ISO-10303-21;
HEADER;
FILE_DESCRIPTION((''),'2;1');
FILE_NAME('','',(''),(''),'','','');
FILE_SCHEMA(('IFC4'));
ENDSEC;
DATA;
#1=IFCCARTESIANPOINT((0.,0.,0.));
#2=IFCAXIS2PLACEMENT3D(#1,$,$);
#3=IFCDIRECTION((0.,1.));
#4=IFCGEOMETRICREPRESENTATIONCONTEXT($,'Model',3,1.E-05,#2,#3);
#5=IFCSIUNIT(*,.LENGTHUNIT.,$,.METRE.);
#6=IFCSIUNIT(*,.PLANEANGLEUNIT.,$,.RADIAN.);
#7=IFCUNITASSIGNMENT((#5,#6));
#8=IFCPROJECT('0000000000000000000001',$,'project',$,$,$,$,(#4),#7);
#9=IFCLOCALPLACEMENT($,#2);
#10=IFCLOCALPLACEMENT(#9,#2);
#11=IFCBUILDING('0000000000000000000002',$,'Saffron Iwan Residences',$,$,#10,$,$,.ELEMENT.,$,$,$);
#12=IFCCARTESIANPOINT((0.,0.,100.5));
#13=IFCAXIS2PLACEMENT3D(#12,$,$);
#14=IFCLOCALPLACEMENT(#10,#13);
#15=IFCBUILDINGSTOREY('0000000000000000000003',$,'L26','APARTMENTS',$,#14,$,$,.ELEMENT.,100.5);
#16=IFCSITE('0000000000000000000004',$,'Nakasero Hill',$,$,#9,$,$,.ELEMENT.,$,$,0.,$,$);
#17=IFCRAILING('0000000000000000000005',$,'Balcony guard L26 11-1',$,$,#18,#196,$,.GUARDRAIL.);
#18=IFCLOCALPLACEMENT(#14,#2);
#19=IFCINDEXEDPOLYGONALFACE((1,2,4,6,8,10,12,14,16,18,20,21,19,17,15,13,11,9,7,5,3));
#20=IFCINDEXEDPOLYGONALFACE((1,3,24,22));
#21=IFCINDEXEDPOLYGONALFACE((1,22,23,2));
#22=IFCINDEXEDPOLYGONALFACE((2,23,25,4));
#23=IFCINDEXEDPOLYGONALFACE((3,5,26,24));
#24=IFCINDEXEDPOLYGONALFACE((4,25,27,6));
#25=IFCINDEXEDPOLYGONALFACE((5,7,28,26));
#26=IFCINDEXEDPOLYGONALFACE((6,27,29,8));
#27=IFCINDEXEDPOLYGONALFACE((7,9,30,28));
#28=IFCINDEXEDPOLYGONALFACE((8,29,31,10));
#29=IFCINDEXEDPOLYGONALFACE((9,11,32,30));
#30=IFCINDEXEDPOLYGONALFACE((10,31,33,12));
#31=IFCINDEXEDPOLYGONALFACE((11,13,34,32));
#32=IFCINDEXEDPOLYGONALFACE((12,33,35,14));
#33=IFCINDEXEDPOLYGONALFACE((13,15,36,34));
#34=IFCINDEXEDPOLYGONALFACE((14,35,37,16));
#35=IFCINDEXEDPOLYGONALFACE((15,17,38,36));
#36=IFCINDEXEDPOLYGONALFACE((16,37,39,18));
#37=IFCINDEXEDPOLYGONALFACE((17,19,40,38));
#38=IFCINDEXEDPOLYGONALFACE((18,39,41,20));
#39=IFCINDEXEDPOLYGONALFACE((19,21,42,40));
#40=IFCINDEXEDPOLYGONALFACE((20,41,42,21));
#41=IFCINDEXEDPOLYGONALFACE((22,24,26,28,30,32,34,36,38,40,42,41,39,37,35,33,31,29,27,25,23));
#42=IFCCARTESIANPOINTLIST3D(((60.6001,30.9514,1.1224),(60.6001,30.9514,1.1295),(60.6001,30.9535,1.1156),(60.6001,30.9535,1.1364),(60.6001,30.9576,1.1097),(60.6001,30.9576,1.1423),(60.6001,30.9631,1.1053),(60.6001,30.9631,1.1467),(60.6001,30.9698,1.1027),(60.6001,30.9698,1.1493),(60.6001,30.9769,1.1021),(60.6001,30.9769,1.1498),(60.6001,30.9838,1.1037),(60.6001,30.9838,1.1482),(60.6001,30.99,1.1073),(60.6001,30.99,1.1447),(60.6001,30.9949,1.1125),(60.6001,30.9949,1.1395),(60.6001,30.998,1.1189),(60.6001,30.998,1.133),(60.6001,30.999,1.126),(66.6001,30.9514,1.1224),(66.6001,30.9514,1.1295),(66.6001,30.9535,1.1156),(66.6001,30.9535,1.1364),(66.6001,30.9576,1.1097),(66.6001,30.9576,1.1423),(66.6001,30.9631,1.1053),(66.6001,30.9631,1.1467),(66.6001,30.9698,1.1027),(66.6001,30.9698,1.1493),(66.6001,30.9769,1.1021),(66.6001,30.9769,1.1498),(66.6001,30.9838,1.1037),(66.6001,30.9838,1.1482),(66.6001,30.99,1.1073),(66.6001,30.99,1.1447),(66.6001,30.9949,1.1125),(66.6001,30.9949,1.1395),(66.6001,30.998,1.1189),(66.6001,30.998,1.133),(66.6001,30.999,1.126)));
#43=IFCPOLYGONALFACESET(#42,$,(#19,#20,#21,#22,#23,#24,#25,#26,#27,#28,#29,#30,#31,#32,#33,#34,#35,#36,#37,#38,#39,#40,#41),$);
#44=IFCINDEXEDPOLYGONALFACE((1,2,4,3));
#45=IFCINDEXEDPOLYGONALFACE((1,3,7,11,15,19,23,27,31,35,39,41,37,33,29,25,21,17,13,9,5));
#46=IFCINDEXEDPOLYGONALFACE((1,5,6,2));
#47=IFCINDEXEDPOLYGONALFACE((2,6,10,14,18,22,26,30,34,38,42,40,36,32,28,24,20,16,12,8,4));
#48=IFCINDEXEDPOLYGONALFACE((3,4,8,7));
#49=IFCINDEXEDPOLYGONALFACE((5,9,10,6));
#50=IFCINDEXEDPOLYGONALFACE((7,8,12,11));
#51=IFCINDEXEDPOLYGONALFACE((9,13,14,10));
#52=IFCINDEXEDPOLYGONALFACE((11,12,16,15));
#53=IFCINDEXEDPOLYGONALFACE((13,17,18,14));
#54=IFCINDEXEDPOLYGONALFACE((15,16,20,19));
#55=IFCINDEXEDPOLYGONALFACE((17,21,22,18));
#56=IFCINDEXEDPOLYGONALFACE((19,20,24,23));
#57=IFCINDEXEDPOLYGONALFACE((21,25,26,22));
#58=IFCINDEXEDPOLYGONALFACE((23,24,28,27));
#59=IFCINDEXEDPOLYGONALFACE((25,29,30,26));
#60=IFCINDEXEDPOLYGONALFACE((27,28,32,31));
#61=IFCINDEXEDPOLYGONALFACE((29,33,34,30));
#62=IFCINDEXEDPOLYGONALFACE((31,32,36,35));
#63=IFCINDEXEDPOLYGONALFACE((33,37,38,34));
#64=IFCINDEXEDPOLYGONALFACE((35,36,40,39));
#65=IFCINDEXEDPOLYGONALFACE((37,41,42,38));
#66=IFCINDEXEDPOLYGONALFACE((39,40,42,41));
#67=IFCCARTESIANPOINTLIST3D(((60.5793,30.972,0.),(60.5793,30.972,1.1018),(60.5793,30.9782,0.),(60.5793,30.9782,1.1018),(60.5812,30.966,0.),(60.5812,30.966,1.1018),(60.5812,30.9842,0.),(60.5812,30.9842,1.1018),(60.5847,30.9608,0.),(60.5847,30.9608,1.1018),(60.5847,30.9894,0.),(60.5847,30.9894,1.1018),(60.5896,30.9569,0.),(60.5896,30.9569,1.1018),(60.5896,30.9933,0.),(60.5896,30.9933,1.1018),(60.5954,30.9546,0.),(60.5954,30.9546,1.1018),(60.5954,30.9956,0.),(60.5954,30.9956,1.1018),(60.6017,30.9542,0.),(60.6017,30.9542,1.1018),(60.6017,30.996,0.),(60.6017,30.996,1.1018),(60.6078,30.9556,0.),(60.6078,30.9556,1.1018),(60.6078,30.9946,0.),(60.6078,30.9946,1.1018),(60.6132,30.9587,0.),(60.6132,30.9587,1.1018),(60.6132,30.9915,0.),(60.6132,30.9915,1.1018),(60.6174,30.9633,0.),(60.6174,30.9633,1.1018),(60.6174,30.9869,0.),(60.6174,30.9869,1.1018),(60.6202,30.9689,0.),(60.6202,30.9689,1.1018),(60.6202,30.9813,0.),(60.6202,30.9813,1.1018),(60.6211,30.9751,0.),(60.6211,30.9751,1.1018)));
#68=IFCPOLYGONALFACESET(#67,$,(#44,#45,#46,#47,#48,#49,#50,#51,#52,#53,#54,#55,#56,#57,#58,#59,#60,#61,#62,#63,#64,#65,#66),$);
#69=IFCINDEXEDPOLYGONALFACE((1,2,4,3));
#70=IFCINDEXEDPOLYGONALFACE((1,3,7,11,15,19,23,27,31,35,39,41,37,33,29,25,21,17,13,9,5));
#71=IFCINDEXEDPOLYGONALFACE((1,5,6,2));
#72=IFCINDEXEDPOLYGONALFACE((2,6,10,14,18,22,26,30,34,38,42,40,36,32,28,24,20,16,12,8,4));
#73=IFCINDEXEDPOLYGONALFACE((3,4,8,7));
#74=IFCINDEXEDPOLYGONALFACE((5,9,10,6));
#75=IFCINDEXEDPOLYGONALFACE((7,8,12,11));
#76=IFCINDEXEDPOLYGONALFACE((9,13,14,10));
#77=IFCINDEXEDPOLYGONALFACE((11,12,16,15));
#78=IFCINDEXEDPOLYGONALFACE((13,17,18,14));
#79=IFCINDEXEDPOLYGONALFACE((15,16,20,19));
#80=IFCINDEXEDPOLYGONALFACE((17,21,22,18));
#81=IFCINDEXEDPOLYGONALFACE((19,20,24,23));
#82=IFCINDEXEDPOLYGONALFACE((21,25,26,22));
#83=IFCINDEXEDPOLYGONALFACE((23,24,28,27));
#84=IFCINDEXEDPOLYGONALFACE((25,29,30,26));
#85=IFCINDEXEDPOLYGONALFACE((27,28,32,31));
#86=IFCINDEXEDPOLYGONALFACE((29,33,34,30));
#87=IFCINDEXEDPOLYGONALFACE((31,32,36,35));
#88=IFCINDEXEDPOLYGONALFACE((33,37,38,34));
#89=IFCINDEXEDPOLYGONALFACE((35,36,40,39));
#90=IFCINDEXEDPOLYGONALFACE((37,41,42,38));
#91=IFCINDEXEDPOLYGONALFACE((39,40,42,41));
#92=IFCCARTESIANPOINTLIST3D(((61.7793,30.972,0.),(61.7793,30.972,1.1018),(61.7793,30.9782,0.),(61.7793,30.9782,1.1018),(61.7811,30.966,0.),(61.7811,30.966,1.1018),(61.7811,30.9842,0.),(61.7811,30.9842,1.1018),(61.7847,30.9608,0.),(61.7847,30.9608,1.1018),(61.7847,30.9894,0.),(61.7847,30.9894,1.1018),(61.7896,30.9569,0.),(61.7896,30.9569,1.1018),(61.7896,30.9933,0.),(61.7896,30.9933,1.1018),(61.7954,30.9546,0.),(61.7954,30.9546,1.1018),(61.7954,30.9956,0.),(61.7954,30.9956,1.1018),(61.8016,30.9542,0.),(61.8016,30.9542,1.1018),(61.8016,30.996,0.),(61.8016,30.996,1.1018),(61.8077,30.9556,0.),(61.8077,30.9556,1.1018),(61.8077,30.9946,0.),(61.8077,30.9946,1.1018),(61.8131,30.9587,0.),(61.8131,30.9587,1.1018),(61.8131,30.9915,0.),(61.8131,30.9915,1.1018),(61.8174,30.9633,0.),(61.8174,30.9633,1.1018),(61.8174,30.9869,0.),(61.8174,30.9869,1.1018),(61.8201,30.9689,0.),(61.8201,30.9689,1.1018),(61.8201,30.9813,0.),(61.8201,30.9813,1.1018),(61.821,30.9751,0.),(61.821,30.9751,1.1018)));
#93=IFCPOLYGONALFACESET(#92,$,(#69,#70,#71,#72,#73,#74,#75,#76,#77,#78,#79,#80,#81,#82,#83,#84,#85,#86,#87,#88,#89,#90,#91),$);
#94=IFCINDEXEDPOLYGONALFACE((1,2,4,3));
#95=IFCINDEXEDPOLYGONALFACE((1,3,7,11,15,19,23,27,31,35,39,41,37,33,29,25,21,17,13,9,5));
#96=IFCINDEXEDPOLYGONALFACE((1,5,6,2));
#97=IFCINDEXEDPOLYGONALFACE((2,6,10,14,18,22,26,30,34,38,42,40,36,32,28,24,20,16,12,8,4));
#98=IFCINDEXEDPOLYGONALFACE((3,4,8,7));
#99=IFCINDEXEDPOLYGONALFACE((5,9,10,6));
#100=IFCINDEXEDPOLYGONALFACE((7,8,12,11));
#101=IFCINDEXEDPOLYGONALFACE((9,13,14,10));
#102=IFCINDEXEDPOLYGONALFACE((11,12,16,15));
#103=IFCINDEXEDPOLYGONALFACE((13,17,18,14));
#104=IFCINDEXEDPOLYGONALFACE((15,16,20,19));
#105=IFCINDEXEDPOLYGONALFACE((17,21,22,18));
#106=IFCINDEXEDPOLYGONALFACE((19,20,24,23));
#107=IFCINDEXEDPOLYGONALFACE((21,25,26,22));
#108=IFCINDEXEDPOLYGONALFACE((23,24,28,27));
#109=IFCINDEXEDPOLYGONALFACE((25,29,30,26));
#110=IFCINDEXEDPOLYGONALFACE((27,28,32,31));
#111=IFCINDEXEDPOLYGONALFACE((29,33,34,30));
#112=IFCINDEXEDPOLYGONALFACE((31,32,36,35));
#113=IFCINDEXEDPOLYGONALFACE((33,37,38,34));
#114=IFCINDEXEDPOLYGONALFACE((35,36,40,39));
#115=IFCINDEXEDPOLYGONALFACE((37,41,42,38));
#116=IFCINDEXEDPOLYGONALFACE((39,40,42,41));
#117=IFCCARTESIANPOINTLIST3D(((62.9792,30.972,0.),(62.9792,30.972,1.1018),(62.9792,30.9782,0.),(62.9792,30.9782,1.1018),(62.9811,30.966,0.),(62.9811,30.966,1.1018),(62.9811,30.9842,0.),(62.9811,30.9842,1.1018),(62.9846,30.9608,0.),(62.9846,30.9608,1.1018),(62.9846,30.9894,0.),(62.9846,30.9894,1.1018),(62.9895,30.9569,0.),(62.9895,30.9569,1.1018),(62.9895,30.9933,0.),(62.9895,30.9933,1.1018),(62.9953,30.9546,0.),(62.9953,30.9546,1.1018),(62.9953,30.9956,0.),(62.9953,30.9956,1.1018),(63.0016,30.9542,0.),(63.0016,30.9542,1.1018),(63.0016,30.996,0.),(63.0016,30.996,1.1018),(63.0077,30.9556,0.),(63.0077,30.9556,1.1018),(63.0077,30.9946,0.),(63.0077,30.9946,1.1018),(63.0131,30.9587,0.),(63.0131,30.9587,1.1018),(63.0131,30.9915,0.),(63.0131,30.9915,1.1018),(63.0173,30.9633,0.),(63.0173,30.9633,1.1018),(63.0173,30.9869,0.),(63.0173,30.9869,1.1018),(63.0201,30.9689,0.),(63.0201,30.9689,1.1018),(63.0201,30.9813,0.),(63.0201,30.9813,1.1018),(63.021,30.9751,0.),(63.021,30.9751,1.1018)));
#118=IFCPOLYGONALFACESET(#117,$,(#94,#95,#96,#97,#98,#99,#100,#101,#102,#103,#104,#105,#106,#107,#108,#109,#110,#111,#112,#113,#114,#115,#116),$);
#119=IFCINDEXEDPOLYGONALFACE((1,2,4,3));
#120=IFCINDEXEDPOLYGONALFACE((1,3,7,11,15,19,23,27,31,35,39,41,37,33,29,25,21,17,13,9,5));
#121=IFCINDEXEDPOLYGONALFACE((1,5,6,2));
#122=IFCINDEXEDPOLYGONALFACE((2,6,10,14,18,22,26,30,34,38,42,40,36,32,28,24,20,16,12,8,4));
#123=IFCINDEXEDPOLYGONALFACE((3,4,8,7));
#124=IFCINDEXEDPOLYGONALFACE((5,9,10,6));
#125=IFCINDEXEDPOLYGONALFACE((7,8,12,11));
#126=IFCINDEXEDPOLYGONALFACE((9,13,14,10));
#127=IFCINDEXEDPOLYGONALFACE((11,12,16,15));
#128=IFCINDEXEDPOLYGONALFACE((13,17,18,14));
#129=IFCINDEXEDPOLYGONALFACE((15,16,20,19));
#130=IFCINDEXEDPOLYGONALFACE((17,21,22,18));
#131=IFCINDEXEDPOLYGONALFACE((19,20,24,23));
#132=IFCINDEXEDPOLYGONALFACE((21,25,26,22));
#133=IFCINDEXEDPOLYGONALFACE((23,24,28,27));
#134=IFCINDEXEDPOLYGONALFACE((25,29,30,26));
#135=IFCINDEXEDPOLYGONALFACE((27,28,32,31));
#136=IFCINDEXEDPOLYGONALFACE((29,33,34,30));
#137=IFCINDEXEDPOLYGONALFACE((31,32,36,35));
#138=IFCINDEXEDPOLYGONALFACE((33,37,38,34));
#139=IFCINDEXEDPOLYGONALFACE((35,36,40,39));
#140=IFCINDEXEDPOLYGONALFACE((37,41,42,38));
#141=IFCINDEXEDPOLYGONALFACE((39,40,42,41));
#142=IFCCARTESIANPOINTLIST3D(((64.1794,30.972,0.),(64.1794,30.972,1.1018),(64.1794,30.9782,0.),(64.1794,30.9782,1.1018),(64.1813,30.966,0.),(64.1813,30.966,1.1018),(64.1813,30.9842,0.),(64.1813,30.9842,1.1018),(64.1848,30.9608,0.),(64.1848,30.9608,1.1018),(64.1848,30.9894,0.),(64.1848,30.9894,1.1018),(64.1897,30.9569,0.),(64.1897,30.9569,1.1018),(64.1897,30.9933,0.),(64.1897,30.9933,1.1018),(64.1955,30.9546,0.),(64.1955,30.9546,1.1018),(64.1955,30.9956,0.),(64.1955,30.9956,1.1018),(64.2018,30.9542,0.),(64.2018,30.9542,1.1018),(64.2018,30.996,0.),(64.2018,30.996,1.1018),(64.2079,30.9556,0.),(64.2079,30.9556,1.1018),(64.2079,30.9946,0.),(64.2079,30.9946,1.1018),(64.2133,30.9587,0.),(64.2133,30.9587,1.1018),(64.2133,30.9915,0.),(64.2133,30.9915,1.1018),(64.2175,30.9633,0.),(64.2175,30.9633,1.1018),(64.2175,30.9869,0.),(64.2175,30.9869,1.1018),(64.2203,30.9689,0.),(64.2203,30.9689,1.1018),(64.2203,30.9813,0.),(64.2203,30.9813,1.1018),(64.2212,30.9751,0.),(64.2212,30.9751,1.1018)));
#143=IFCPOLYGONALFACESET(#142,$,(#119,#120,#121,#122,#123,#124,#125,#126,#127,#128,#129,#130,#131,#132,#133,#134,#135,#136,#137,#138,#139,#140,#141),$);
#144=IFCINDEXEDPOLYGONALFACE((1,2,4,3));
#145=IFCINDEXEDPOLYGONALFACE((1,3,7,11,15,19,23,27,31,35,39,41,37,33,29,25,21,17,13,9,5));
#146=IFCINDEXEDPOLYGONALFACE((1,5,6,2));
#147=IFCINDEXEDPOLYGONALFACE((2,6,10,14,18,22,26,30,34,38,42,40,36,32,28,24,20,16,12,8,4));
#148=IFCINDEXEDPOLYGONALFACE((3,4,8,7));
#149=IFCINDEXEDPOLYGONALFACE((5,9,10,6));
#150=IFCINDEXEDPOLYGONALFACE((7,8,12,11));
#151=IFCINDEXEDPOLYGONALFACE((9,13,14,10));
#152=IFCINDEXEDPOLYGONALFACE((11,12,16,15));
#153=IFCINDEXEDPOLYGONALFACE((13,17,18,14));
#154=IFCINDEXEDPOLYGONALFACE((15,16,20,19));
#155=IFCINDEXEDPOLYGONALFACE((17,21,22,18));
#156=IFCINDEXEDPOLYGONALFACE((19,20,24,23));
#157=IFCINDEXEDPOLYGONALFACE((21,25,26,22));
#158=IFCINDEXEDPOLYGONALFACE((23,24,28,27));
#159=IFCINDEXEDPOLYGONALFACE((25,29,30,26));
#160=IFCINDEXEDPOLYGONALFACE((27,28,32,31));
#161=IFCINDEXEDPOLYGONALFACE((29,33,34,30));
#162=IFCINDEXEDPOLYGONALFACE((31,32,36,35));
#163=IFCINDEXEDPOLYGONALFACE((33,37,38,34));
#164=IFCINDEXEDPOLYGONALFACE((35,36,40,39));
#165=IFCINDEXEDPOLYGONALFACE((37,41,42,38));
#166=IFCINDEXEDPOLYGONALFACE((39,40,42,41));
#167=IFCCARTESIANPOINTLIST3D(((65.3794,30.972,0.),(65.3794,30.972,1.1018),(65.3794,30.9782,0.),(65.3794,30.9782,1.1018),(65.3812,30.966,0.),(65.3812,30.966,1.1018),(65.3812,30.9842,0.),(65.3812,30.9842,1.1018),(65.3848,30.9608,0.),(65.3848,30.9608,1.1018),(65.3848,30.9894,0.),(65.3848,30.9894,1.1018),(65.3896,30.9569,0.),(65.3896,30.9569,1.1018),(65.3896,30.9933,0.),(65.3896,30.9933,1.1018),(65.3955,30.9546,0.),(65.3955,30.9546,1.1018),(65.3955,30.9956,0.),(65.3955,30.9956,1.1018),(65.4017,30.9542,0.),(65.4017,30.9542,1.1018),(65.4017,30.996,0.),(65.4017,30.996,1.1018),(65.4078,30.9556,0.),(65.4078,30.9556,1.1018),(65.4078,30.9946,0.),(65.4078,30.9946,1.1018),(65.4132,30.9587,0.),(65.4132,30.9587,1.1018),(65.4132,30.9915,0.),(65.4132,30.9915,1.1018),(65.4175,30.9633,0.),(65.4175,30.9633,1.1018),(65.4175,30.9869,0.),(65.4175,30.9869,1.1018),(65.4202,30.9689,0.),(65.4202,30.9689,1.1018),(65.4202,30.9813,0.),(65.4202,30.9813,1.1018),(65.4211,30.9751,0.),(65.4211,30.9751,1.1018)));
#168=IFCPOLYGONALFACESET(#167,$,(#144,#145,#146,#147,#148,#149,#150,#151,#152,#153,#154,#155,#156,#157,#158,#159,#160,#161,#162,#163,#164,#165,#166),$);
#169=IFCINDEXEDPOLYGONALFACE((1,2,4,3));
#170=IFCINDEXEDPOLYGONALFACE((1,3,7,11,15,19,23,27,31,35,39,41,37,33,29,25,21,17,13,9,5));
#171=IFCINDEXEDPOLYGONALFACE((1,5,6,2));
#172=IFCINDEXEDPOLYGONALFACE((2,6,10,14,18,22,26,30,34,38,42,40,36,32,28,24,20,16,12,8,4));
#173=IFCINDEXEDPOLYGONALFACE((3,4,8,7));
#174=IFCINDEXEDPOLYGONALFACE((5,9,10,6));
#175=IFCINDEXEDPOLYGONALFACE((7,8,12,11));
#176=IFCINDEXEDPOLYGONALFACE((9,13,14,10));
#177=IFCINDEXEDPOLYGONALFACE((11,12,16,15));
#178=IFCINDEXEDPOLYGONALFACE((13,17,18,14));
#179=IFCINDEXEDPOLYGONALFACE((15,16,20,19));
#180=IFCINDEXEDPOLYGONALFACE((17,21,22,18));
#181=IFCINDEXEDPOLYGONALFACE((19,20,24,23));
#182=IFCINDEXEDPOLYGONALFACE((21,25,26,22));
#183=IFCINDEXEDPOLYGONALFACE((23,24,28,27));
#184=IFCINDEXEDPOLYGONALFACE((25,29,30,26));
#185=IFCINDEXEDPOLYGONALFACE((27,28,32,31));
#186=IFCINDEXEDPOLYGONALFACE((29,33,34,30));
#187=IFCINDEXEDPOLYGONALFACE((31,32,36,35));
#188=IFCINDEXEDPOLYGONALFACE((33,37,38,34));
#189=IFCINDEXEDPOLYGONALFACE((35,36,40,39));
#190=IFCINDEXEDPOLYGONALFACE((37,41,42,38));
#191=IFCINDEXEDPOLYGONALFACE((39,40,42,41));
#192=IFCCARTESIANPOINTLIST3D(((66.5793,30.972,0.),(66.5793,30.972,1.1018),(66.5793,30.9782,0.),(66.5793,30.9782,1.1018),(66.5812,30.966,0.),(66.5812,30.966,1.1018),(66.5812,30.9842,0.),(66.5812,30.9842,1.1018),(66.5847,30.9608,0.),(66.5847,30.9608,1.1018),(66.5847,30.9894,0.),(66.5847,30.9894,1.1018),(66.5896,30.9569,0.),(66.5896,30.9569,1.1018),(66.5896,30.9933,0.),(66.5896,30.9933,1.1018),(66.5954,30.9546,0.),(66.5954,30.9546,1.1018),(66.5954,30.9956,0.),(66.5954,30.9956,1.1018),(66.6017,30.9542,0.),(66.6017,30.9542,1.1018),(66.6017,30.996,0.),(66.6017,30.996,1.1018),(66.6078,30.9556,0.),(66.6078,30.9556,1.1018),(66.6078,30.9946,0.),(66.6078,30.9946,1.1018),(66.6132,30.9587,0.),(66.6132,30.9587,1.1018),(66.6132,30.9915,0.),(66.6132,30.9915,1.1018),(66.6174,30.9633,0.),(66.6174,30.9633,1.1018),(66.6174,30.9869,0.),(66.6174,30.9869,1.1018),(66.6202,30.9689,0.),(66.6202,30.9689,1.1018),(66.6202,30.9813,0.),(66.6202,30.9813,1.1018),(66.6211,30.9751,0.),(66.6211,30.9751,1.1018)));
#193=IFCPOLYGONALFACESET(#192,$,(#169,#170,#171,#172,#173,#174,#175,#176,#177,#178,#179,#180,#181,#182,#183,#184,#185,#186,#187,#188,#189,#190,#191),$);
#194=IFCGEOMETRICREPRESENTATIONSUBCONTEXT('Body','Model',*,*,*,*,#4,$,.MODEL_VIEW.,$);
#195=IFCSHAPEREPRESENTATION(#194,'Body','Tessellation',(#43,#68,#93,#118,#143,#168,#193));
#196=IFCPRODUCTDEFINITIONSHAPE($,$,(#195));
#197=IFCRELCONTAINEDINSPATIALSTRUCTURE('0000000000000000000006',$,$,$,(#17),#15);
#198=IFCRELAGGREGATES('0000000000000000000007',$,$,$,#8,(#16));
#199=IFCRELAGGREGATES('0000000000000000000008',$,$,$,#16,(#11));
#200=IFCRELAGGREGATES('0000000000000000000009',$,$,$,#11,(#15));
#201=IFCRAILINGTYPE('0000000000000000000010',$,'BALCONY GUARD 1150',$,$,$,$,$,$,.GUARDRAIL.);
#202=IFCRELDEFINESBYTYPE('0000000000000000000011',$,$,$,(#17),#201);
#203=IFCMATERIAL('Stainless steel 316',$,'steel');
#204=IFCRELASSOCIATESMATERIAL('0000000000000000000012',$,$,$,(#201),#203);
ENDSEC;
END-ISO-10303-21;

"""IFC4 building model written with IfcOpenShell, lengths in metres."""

from ifc_helpers import new_model, si_unit, direction, frame, origin, origin_2d, place, context, subcontext, project, spatial, circle, extrude, material, type_object, element, save


model = new_model("IFC4")

# Units and contexts
model_context = context("Model", 3, precision=1e-05, world=origin(), true_north=direction((0.0, 1.0)))
body_context = subcontext(model_context, "Body", "Model", "MODEL_VIEW")
ifc_project = project(units=[si_unit("LENGTHUNIT", "METRE"), si_unit("PLANEANGLEUNIT", "RADIAN")], contexts=[model_context])

# Site, building, storey
site_placement = place(None, origin())
site = spatial("IfcSite", under=ifc_project, at=site_placement, Name="Nakasero Hill", CompositionType="ELEMENT", RefElevation=0.0)
building_placement = place(site_placement, origin())
building = spatial("IfcBuilding", under=site, at=building_placement, Name="Saffron Iwan Residences", CompositionType="ELEMENT")
storey_placement = place(building_placement, frame((0.0, 0.0, 100.5)))
storey = spatial("IfcBuildingStorey", under=building, at=storey_placement, Name="L26", Description="APARTMENTS", CompositionType="ELEMENT", Elevation=100.5)

# Railing
ifc_material_1 = material(Name="Stainless steel 316", Category="steel")
railing_type = type_object("IfcRailingType", Name="BALCONY GUARD 1150", PredefinedType="GUARDRAIL", material=ifc_material_1)
railing_placement = place(storey_placement, frame((60.6001, 30.9751, 0.0)))
element("IfcRailing", 1, at=railing_placement, inside=storey, type_object=railing_type, Name="Balcony guard L26 11-1", PredefinedType="GUARDRAIL", context=body_context, shape_type="SweptSolid", body=[
    extrude(circle(Radius=0.0239, at=origin_2d()), frame((0.0, 0.0, 1.126), z_axis=(1.0, 0.0, 0.0), x_axis=(0.0, 1.0, 0.0)), (0.0, 0.0, 1.0), 6.0),
    extrude(circle(Radius=0.021, at=origin_2d()), origin(), (0.0, 0.0, 1.0), 1.1018),
    extrude(circle(Radius=0.021, at=origin_2d()), frame((1.2, 0.0, 0.0)), (0.0, 0.0, 1.0), 1.1018),
    extrude(circle(Radius=0.021, at=origin_2d()), frame((2.3999, 0.0, 0.0)), (0.0, 0.0, 1.0), 1.1018),
    extrude(circle(Radius=0.021, at=origin_2d()), frame((3.6001, 0.0, 0.0)), (0.0, 0.0, 1.0), 1.1018),
    extrude(circle(Radius=0.021, at=origin_2d()), frame((4.8, 0.0, 0.0)), (0.0, 0.0, 1.0), 1.1018),
    extrude(circle(Radius=0.021, at=origin_2d()), frame((6.0, 0.0, 0.0)), (0.0, 0.0, 1.0), 1.1018),
])

save(model, "model.ifc")
